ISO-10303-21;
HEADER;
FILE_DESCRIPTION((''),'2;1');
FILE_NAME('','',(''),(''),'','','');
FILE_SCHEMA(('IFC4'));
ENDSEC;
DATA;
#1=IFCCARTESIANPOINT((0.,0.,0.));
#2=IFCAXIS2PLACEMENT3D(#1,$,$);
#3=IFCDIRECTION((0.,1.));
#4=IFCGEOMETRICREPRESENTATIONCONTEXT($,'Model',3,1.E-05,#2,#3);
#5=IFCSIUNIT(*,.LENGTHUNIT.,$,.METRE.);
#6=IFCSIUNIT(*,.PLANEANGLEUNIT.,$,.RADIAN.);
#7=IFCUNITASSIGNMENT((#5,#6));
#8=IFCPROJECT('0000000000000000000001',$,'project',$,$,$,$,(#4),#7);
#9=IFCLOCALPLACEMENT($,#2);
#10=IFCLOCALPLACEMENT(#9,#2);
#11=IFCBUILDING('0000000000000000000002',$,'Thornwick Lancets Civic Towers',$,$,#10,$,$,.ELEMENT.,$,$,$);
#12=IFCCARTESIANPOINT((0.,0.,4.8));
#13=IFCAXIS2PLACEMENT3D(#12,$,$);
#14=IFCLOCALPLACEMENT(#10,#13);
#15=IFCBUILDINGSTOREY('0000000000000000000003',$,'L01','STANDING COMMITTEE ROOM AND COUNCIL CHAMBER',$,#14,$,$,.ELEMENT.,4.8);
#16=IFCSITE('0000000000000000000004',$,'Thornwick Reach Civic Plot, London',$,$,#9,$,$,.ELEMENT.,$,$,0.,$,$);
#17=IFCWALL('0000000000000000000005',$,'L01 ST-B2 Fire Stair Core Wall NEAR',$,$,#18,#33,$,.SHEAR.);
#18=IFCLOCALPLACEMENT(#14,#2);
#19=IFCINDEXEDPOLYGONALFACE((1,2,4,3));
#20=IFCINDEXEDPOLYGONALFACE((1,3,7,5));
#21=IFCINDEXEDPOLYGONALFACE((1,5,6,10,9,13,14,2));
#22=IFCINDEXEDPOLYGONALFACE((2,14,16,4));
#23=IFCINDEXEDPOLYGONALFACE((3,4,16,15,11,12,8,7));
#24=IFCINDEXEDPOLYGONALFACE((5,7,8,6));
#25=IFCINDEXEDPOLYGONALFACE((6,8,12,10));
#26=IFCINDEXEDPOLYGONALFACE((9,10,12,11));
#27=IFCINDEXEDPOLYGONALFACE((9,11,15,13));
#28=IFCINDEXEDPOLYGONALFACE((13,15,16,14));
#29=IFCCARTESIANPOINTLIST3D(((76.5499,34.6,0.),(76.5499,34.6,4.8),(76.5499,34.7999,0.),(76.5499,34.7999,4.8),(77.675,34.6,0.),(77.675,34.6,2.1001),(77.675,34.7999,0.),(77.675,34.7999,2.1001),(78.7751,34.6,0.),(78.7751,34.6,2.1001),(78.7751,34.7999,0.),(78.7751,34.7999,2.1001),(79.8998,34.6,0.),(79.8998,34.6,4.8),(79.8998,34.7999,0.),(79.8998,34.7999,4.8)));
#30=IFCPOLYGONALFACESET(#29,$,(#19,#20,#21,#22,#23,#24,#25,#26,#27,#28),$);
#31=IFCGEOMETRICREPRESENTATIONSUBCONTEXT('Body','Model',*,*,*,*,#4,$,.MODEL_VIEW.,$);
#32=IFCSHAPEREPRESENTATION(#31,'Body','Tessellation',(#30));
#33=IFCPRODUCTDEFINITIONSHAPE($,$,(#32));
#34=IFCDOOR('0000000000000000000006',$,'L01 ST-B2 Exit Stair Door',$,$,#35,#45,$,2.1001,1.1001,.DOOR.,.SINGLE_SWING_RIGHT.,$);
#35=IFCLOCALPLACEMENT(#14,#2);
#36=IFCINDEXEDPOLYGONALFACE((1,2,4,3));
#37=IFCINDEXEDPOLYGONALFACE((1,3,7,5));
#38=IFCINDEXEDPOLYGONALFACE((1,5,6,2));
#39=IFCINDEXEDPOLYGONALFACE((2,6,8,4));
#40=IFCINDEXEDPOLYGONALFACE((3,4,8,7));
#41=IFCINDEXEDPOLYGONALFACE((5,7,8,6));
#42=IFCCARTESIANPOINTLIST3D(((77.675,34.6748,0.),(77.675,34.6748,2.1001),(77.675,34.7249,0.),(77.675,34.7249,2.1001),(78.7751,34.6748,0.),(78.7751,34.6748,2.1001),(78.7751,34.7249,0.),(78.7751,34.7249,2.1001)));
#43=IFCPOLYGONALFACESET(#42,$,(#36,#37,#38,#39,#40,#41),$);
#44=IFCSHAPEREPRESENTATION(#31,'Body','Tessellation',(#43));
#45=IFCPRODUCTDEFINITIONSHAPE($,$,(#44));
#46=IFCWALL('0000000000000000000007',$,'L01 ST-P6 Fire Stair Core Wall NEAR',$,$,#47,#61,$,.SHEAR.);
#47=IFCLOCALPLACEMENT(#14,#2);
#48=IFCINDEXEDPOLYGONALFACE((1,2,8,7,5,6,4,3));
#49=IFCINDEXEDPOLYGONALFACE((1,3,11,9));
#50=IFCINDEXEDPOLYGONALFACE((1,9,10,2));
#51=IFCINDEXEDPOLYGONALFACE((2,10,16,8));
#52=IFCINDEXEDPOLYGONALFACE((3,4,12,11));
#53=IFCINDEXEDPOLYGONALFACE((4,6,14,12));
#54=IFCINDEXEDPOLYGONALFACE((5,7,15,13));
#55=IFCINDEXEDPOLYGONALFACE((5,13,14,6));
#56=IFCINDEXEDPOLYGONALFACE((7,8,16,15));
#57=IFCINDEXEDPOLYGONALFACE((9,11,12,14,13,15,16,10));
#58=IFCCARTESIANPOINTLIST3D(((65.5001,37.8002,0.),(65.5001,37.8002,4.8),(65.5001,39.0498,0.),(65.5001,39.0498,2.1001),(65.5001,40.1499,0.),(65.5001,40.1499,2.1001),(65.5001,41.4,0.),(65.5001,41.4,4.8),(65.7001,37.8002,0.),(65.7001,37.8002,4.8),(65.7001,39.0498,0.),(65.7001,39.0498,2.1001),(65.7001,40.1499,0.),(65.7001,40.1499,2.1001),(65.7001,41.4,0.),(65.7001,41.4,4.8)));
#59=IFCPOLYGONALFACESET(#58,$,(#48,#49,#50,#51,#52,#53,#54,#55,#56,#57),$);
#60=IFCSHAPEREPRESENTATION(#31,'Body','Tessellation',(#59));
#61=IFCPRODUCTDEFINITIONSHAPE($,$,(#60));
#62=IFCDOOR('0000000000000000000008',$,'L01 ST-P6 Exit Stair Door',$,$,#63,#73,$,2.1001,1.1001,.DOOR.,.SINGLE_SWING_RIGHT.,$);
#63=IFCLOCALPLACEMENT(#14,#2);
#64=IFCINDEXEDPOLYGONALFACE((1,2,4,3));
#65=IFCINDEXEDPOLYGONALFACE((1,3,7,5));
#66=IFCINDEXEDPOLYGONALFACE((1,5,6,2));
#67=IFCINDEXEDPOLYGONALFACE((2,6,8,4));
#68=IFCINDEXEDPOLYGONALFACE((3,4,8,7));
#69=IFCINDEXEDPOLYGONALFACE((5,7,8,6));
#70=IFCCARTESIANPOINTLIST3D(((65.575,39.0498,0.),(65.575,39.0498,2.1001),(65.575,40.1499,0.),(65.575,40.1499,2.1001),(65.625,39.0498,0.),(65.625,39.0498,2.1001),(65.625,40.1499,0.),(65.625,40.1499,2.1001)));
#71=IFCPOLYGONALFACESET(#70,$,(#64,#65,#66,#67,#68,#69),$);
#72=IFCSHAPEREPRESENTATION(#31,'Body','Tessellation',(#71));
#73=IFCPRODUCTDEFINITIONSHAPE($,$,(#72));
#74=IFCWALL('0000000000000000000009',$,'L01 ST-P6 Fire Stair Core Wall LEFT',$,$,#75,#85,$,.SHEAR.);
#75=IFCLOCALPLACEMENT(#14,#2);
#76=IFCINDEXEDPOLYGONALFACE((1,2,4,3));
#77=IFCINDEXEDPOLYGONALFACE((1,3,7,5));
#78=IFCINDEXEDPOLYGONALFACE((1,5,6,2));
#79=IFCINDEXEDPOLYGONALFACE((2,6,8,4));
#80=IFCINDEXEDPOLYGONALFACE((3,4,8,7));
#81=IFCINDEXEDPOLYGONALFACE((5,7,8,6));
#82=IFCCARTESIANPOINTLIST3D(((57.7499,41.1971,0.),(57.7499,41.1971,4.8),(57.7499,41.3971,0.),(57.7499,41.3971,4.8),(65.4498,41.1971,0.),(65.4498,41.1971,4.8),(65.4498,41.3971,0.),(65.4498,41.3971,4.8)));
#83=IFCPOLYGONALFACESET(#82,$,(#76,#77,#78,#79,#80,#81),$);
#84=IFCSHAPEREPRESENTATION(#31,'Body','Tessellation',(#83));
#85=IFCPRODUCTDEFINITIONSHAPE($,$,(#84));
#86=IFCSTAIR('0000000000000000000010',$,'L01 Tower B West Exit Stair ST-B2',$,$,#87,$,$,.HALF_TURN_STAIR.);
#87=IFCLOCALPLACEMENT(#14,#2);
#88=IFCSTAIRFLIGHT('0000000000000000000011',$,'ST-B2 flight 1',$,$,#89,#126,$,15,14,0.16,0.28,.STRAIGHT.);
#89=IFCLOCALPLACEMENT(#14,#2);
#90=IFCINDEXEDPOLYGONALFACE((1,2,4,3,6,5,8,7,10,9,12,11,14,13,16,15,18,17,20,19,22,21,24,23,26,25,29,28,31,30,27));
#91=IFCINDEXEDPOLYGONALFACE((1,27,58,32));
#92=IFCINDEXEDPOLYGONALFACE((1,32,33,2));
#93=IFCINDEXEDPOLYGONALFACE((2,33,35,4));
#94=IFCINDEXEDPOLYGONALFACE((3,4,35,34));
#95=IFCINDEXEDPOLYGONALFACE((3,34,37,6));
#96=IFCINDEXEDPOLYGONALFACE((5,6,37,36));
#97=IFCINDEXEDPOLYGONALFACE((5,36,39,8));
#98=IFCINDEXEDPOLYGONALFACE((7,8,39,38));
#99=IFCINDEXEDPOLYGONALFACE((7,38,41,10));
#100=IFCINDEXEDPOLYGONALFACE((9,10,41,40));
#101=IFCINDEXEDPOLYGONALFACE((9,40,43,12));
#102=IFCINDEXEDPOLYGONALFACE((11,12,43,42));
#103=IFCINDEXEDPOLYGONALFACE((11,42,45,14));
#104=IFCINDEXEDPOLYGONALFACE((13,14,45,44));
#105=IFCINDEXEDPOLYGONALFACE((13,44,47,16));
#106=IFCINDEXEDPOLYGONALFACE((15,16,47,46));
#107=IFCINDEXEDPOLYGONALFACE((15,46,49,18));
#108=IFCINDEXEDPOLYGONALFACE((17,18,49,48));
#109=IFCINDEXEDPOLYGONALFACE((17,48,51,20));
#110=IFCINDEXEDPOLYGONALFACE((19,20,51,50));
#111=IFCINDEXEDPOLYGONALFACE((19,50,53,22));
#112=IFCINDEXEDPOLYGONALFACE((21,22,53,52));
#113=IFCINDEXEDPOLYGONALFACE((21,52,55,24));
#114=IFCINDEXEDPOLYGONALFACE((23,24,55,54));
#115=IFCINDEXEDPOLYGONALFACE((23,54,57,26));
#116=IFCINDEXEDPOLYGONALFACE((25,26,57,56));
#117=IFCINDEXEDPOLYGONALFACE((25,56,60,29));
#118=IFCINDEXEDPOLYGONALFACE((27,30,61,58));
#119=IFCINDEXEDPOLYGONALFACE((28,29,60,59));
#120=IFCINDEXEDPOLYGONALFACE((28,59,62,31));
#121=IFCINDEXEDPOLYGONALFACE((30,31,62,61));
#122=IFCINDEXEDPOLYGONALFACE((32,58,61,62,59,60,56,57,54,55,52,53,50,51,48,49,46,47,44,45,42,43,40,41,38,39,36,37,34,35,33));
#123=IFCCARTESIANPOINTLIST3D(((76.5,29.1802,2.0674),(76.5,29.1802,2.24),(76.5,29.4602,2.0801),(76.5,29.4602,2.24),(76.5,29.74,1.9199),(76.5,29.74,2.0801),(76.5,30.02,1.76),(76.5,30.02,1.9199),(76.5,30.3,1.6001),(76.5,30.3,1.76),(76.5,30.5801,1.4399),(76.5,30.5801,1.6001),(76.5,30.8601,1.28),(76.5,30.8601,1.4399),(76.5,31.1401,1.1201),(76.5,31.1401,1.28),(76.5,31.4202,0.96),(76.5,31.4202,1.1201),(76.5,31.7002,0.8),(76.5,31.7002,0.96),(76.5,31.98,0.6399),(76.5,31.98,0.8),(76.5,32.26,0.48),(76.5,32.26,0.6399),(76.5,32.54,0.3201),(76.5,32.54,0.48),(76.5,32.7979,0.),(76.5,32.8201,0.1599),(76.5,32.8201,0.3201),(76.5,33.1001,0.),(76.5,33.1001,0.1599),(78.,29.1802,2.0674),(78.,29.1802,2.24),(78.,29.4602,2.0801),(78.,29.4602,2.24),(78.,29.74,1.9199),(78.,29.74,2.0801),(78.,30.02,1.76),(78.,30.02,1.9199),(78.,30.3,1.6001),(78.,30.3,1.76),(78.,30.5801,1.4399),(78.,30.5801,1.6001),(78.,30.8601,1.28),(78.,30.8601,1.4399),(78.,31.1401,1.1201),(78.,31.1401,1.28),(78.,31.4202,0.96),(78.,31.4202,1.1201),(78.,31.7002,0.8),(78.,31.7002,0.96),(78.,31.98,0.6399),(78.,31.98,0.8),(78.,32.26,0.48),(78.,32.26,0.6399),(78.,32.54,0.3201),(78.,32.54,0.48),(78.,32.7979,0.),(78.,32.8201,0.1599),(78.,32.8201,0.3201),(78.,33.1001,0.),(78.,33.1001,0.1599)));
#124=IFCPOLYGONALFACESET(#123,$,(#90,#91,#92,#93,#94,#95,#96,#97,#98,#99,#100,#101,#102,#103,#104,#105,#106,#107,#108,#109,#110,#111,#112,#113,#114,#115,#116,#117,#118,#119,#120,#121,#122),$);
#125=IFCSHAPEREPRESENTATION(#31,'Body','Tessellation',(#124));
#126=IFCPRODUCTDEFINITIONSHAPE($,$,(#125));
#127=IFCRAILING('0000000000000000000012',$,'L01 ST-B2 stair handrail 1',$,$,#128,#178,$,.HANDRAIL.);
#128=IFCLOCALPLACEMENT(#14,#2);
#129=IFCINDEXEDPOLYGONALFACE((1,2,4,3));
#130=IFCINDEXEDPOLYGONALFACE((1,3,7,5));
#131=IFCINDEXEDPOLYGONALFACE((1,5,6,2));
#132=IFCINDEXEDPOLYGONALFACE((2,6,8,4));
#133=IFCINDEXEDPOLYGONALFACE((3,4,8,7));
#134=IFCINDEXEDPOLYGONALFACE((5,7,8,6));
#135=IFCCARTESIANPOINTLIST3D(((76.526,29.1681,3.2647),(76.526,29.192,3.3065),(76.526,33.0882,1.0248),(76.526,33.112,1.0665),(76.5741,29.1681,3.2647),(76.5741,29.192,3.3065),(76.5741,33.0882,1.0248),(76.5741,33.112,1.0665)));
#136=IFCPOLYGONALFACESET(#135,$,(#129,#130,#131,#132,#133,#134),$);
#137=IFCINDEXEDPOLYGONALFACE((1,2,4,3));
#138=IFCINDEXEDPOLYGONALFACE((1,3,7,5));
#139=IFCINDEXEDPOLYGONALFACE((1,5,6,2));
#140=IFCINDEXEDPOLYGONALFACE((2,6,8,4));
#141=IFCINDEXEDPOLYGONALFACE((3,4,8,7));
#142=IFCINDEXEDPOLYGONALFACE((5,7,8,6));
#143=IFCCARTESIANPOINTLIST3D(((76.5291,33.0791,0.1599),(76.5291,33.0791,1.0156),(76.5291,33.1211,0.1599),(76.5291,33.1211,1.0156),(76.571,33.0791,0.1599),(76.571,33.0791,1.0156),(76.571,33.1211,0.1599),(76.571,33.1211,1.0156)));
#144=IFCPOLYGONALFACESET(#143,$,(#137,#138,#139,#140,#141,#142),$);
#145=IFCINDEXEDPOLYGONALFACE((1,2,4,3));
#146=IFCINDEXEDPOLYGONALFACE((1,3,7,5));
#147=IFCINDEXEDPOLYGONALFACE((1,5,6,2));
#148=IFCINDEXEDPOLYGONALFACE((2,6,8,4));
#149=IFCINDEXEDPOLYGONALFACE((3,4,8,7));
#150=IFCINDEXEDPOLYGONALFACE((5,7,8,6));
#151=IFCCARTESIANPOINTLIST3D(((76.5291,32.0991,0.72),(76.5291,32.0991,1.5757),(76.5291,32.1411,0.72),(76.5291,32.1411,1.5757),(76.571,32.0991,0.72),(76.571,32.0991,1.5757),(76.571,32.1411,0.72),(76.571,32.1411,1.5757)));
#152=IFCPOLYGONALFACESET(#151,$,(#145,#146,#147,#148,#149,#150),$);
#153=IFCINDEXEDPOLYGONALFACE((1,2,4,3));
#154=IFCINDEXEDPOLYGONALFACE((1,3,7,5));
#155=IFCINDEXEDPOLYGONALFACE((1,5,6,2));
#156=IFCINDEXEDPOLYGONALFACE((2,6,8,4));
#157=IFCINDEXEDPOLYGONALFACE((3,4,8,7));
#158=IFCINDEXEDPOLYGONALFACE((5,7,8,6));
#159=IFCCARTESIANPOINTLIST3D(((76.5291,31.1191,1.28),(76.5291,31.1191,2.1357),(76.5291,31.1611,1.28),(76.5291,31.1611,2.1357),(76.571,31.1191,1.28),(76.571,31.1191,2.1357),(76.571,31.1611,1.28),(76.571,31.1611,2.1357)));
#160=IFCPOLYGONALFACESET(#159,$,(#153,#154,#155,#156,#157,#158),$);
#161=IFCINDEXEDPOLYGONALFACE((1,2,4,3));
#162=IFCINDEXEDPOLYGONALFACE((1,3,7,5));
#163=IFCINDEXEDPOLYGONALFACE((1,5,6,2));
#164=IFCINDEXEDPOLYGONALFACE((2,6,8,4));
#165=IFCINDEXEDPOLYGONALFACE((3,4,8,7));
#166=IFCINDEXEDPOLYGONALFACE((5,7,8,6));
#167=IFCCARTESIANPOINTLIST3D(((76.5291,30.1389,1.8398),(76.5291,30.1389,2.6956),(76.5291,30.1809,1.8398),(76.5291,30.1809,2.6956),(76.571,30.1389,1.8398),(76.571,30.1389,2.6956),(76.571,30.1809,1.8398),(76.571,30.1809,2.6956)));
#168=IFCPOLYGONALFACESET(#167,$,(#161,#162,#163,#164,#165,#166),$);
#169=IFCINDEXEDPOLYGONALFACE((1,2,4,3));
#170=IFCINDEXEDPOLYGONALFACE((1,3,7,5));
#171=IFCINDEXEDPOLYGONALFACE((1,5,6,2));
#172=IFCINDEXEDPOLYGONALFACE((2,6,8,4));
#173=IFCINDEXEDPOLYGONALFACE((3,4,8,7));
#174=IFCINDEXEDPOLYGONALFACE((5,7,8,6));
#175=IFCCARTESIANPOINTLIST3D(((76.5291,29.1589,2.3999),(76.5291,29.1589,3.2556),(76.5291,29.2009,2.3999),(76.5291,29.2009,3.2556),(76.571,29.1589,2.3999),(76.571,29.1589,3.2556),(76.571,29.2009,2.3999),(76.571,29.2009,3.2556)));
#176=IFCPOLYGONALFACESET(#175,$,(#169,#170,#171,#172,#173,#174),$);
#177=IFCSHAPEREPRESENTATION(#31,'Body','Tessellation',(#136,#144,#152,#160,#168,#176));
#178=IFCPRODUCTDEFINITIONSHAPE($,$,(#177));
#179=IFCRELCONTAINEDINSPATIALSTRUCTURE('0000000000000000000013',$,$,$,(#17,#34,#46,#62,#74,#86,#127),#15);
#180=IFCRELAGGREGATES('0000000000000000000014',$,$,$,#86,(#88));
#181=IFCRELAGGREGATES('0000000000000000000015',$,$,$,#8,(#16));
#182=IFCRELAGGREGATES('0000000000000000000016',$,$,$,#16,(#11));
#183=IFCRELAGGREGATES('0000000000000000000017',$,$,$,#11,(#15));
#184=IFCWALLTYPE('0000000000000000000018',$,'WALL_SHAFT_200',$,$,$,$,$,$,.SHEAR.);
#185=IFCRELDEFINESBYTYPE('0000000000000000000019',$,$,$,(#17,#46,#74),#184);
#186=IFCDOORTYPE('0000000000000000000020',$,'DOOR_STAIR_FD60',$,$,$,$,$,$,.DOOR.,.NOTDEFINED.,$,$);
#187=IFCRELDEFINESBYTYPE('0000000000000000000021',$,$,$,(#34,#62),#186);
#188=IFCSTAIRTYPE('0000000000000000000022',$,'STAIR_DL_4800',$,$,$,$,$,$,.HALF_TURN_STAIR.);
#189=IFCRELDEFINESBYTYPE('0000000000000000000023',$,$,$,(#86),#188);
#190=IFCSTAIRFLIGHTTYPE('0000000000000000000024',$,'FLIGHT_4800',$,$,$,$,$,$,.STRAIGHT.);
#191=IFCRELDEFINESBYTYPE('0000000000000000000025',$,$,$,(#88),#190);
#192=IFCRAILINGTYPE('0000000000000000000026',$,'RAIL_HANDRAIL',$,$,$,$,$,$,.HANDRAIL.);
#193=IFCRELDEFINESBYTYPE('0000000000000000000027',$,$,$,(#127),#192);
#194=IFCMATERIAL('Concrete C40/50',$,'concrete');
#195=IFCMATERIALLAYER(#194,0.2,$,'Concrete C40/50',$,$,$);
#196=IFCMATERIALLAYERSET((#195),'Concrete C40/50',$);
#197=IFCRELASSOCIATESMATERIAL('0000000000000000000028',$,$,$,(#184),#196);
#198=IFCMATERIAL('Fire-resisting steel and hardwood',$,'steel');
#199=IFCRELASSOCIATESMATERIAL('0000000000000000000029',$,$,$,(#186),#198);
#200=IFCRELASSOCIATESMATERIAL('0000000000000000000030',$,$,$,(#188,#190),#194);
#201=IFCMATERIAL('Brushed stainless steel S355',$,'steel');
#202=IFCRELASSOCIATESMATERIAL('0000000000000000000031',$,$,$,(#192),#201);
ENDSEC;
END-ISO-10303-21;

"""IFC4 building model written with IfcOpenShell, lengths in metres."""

from ifc_helpers import new_model, si_unit, direction, frame, frame_2d, origin, origin_2d, place, context, subcontext, project, spatial, polyline, rectangle, outline, extrude, material, layer, layer_set, type_object, element, fill, aggregate, save


model = new_model("IFC4")

# Units and contexts
model_context = context("Model", 3, precision=1e-05, world=origin(), true_north=direction((0.0, 1.0)))
body_context = subcontext(model_context, "Body", "Model", "MODEL_VIEW")
ifc_project = project(units=[si_unit("LENGTHUNIT", "METRE"), si_unit("PLANEANGLEUNIT", "RADIAN")], contexts=[model_context])

# Site, building, storey
site_placement = place(None, origin())
site = spatial("IfcSite", under=ifc_project, at=site_placement, Name="Thornwick Reach Civic Plot, London", CompositionType="ELEMENT", RefElevation=0.0)
building_placement = place(site_placement, origin())
building = spatial("IfcBuilding", under=site, at=building_placement, Name="Thornwick Lancets Civic Towers", CompositionType="ELEMENT")
storey_placement = place(building_placement, frame((0.0, 0.0, 4.8)))
storey = spatial("IfcBuildingStorey", under=building, at=storey_placement, Name="L01", Description="STANDING COMMITTEE ROOM AND COUNCIL CHAMBER", CompositionType="ELEMENT", Elevation=4.8)

# Walls, openings, doors
ifc_material_1 = material(Name="Concrete C40/50", Category="concrete")
ifc_layer_1 = layer(ifc_material_1, 0.2, Name="Concrete C40/50")
ifc_layer_set_1 = layer_set([ifc_layer_1], Name="Concrete C40/50")
wall_type_1 = type_object("IfcWallType", Name="WALL_SHAFT_200", PredefinedType="SHEAR", material=ifc_layer_set_1)
wall_1_placement = place(storey_placement, frame((76.55, 34.7, 0.0), z_axis=(0.0, 0.0, 1.0), x_axis=(1.0, 0.0, 0.0)))
wall_1 = element("IfcWall", 1, at=wall_1_placement, inside=storey, type_object=wall_type_1, Name="L01 ST-B2 Fire Stair Core Wall NEAR", PredefinedType="SHEAR", context=body_context, shape_type="SweptSolid", body=[
    extrude(rectangle(XDim=3.3499, YDim=0.2, at=frame_2d((1.6748, 0.0))), origin(), (0.0, 0.0, 1.0), 4.8),
])
opening_1_placement = place(wall_1_placement, frame((1.125, 0.0, 0.0)))
opening_1 = element("IfcOpeningElement", 2, at=opening_1_placement, cuts=wall_1, PredefinedType="OPENING", context=body_context, shape_type="SweptSolid", body=[
    extrude(rectangle(XDim=1.1001, YDim=2.1001, at=frame_2d((0.55, 1.05))), frame((0.0, 0.1099, 0.0), z_axis=(0.0, -1.0, 0.0), x_axis=(1.0, 0.0, 0.0)), (0.0, 0.0, 1.0), 0.22),
])
ifc_material_2 = material(Name="Fire-resisting steel and hardwood", Category="steel")
door_type_1 = type_object("IfcDoorType", Name="DOOR_STAIR_FD60", OperationType="NOTDEFINED", PredefinedType="DOOR", material=ifc_material_2)
door_1_placement = place(opening_1_placement, origin())
door_1 = element("IfcDoor", 3, at=door_1_placement, inside=storey, type_object=door_type_1, Name="L01 ST-B2 Exit Stair Door", OperationType="SINGLE_SWING_RIGHT", OverallHeight=2.1001, OverallWidth=1.1001, PredefinedType="DOOR", context=body_context, shape_type="SweptSolid", body=[
    extrude(rectangle(XDim=1.1001, YDim=2.1001, at=frame_2d((0.55, 1.05))), frame((0.0, 0.0249, 0.0), z_axis=(0.0, -1.0, 0.0), x_axis=(1.0, 0.0, 0.0)), (0.0, 0.0, 1.0), 0.05),
])
fill(opening_1, door_1)
wall_2_placement = place(storey_placement, frame((65.6001, 41.3999, 0.0), z_axis=(0.0, 0.0, 1.0), x_axis=(0.0, -1.0, 0.0)))
wall_2 = element("IfcWall", 4, at=wall_2_placement, inside=storey, type_object=wall_type_1, Name="L01 ST-P6 Fire Stair Core Wall NEAR", PredefinedType="SHEAR", context=body_context, shape_type="SweptSolid", body=[
    extrude(rectangle(XDim=3.5999, YDim=0.2, at=frame_2d((1.7998, 0.0))), origin(), (0.0, 0.0, 1.0), 4.8),
])
opening_2_placement = place(wall_2_placement, frame((1.25, 0.0, 0.0)))
opening_2 = element("IfcOpeningElement", 5, at=opening_2_placement, cuts=wall_2, PredefinedType="OPENING", context=body_context, shape_type="SweptSolid", body=[
    extrude(rectangle(XDim=1.1001, YDim=2.1001, at=frame_2d((0.55, 1.05))), frame((0.0, 0.1099, 0.0), z_axis=(0.0, -1.0, 0.0), x_axis=(1.0, 0.0, 0.0)), (0.0, 0.0, 1.0), 0.22),
])
door_2_placement = place(opening_2_placement, origin())
door_2 = element("IfcDoor", 6, at=door_2_placement, inside=storey, type_object=door_type_1, Name="L01 ST-P6 Exit Stair Door", OperationType="SINGLE_SWING_RIGHT", OverallHeight=2.1001, OverallWidth=1.1001, PredefinedType="DOOR", context=body_context, shape_type="SweptSolid", body=[
    extrude(rectangle(XDim=1.1001, YDim=2.1001, at=frame_2d((0.55, 1.05))), frame((0.0, 0.0249, 0.0), z_axis=(0.0, -1.0, 0.0), x_axis=(1.0, 0.0, 0.0)), (0.0, 0.0, 1.0), 0.05),
])
fill(opening_2, door_2)

# Wall
wall_3_placement = place(storey_placement, frame((65.45, 41.2971, 0.0), z_axis=(0.0, 0.0, 1.0), x_axis=(-1.0, 0.0, 0.0)))
element("IfcWall", 7, at=wall_3_placement, inside=storey, type_object=wall_type_1, Name="L01 ST-P6 Fire Stair Core Wall LEFT", PredefinedType="SHEAR", context=body_context, shape_type="SweptSolid", body=[
    extrude(rectangle(XDim=7.7, YDim=0.2, at=frame_2d((3.8501, 0.0))), origin(), (0.0, 0.0, 1.0), 4.8),
])

# Stair, stair flight
stair_type = type_object("IfcStairType", Name="STAIR_DL_4800", PredefinedType="HALF_TURN_STAIR", material=ifc_material_1)
stair_placement = place(storey_placement, origin())
stair = element("IfcStair", 8, at=stair_placement, inside=storey, type_object=stair_type, Name="L01 Tower B West Exit Stair ST-B2", PredefinedType="HALF_TURN_STAIR")
stair_flight_type = type_object("IfcStairFlightType", Name="FLIGHT_4800", PredefinedType="STRAIGHT", material=ifc_material_1)
stair_flight_placement = place(storey_placement, frame((77.25, 33.1001, 0.0), z_axis=(0.0, 0.0, 1.0), x_axis=(0.0, -1.0, 0.0)))
stair_flight = element("IfcStairFlight", 9, at=stair_flight_placement, type_object=stair_flight_type, Name="ST-B2 flight 1", NumberOfRisers=15, NumberOfTreads=14, PredefinedType="STRAIGHT", RiserHeight=0.16, TreadLength=0.28, context=body_context, shape_type="SweptSolid", body=[
    extrude(outline(polyline([(0.0, 0.0), (0.0, 0.1599), (0.28, 0.1599), (0.28, 0.3201), (0.5601, 0.3201), (0.5601, 0.48), (0.8401, 0.48), (0.8401, 0.6399), (1.1201, 0.6399), (1.1201, 0.8), (1.3999, 0.8), (1.3999, 0.96), (1.6799, 0.96), (1.6799, 1.1201), (1.96, 1.1201), (1.96, 1.28), (2.24, 1.28), (2.24, 1.4399), (2.52, 1.4399), (2.52, 1.6001), (2.8, 1.6001), (2.8, 1.76), (3.0801, 1.76), (3.0801, 1.9199), (3.3601, 1.9199), (3.3601, 2.0801), (3.6399, 2.0801), (3.6399, 2.24), (3.9199, 2.24), (3.9199, 2.3999), (3.9199, 2.0674), (0.3022, 0.0), (0.0, 0.0)])), frame((0.0, 0.75, 0.0), z_axis=(0.0, -1.0, 0.0), x_axis=(1.0, 0.0, 0.0)), (0.0, 0.0, 1.0), 1.5),
])
aggregate(stair, [stair_flight])

# Railing
ifc_material_3 = material(Name="Brushed stainless steel S355", Category="steel")
railing_type_1 = type_object("IfcRailingType", Name="RAIL_HANDRAIL", PredefinedType="HANDRAIL", material=ifc_material_3)
railing_1_placement = place(storey_placement, frame((76.55, 33.1001, 0.1599)))
element("IfcRailing", 10, at=railing_1_placement, inside=storey, type_object=railing_type_1, Name="L01 ST-B2 stair handrail 1", PredefinedType="HANDRAIL", context=body_context, shape_type="SweptSolid", body=[
    extrude(rectangle(XDim=0.0481, YDim=0.0481, at=origin_2d()), frame((0.0, 0.0, 0.8857), z_axis=(0.0, -0.868253, 0.496121), x_axis=(1.0, 0.0, 0.0)), (0.0, 0.0, 1.0), 4.5149),
    extrude(rectangle(XDim=0.042, YDim=0.042, at=origin_2d()), origin(), (0.0, 0.0, 1.0), 0.8557),
    extrude(rectangle(XDim=0.042, YDim=0.042, at=origin_2d()), frame((0.0, -0.98, 0.5601)), (0.0, 0.0, 1.0), 0.8557),
    extrude(rectangle(XDim=0.042, YDim=0.042, at=origin_2d()), frame((0.0, -1.96, 1.1201)), (0.0, 0.0, 1.0), 0.8557),
    extrude(rectangle(XDim=0.042, YDim=0.042, at=origin_2d()), frame((0.0, -2.9402, 1.6799)), (0.0, 0.0, 1.0), 0.8557),
    extrude(rectangle(XDim=0.042, YDim=0.042, at=origin_2d()), frame((0.0, -3.9202, 2.24)), (0.0, 0.0, 1.0), 0.8557),
])

save(model, "model.ifc")
